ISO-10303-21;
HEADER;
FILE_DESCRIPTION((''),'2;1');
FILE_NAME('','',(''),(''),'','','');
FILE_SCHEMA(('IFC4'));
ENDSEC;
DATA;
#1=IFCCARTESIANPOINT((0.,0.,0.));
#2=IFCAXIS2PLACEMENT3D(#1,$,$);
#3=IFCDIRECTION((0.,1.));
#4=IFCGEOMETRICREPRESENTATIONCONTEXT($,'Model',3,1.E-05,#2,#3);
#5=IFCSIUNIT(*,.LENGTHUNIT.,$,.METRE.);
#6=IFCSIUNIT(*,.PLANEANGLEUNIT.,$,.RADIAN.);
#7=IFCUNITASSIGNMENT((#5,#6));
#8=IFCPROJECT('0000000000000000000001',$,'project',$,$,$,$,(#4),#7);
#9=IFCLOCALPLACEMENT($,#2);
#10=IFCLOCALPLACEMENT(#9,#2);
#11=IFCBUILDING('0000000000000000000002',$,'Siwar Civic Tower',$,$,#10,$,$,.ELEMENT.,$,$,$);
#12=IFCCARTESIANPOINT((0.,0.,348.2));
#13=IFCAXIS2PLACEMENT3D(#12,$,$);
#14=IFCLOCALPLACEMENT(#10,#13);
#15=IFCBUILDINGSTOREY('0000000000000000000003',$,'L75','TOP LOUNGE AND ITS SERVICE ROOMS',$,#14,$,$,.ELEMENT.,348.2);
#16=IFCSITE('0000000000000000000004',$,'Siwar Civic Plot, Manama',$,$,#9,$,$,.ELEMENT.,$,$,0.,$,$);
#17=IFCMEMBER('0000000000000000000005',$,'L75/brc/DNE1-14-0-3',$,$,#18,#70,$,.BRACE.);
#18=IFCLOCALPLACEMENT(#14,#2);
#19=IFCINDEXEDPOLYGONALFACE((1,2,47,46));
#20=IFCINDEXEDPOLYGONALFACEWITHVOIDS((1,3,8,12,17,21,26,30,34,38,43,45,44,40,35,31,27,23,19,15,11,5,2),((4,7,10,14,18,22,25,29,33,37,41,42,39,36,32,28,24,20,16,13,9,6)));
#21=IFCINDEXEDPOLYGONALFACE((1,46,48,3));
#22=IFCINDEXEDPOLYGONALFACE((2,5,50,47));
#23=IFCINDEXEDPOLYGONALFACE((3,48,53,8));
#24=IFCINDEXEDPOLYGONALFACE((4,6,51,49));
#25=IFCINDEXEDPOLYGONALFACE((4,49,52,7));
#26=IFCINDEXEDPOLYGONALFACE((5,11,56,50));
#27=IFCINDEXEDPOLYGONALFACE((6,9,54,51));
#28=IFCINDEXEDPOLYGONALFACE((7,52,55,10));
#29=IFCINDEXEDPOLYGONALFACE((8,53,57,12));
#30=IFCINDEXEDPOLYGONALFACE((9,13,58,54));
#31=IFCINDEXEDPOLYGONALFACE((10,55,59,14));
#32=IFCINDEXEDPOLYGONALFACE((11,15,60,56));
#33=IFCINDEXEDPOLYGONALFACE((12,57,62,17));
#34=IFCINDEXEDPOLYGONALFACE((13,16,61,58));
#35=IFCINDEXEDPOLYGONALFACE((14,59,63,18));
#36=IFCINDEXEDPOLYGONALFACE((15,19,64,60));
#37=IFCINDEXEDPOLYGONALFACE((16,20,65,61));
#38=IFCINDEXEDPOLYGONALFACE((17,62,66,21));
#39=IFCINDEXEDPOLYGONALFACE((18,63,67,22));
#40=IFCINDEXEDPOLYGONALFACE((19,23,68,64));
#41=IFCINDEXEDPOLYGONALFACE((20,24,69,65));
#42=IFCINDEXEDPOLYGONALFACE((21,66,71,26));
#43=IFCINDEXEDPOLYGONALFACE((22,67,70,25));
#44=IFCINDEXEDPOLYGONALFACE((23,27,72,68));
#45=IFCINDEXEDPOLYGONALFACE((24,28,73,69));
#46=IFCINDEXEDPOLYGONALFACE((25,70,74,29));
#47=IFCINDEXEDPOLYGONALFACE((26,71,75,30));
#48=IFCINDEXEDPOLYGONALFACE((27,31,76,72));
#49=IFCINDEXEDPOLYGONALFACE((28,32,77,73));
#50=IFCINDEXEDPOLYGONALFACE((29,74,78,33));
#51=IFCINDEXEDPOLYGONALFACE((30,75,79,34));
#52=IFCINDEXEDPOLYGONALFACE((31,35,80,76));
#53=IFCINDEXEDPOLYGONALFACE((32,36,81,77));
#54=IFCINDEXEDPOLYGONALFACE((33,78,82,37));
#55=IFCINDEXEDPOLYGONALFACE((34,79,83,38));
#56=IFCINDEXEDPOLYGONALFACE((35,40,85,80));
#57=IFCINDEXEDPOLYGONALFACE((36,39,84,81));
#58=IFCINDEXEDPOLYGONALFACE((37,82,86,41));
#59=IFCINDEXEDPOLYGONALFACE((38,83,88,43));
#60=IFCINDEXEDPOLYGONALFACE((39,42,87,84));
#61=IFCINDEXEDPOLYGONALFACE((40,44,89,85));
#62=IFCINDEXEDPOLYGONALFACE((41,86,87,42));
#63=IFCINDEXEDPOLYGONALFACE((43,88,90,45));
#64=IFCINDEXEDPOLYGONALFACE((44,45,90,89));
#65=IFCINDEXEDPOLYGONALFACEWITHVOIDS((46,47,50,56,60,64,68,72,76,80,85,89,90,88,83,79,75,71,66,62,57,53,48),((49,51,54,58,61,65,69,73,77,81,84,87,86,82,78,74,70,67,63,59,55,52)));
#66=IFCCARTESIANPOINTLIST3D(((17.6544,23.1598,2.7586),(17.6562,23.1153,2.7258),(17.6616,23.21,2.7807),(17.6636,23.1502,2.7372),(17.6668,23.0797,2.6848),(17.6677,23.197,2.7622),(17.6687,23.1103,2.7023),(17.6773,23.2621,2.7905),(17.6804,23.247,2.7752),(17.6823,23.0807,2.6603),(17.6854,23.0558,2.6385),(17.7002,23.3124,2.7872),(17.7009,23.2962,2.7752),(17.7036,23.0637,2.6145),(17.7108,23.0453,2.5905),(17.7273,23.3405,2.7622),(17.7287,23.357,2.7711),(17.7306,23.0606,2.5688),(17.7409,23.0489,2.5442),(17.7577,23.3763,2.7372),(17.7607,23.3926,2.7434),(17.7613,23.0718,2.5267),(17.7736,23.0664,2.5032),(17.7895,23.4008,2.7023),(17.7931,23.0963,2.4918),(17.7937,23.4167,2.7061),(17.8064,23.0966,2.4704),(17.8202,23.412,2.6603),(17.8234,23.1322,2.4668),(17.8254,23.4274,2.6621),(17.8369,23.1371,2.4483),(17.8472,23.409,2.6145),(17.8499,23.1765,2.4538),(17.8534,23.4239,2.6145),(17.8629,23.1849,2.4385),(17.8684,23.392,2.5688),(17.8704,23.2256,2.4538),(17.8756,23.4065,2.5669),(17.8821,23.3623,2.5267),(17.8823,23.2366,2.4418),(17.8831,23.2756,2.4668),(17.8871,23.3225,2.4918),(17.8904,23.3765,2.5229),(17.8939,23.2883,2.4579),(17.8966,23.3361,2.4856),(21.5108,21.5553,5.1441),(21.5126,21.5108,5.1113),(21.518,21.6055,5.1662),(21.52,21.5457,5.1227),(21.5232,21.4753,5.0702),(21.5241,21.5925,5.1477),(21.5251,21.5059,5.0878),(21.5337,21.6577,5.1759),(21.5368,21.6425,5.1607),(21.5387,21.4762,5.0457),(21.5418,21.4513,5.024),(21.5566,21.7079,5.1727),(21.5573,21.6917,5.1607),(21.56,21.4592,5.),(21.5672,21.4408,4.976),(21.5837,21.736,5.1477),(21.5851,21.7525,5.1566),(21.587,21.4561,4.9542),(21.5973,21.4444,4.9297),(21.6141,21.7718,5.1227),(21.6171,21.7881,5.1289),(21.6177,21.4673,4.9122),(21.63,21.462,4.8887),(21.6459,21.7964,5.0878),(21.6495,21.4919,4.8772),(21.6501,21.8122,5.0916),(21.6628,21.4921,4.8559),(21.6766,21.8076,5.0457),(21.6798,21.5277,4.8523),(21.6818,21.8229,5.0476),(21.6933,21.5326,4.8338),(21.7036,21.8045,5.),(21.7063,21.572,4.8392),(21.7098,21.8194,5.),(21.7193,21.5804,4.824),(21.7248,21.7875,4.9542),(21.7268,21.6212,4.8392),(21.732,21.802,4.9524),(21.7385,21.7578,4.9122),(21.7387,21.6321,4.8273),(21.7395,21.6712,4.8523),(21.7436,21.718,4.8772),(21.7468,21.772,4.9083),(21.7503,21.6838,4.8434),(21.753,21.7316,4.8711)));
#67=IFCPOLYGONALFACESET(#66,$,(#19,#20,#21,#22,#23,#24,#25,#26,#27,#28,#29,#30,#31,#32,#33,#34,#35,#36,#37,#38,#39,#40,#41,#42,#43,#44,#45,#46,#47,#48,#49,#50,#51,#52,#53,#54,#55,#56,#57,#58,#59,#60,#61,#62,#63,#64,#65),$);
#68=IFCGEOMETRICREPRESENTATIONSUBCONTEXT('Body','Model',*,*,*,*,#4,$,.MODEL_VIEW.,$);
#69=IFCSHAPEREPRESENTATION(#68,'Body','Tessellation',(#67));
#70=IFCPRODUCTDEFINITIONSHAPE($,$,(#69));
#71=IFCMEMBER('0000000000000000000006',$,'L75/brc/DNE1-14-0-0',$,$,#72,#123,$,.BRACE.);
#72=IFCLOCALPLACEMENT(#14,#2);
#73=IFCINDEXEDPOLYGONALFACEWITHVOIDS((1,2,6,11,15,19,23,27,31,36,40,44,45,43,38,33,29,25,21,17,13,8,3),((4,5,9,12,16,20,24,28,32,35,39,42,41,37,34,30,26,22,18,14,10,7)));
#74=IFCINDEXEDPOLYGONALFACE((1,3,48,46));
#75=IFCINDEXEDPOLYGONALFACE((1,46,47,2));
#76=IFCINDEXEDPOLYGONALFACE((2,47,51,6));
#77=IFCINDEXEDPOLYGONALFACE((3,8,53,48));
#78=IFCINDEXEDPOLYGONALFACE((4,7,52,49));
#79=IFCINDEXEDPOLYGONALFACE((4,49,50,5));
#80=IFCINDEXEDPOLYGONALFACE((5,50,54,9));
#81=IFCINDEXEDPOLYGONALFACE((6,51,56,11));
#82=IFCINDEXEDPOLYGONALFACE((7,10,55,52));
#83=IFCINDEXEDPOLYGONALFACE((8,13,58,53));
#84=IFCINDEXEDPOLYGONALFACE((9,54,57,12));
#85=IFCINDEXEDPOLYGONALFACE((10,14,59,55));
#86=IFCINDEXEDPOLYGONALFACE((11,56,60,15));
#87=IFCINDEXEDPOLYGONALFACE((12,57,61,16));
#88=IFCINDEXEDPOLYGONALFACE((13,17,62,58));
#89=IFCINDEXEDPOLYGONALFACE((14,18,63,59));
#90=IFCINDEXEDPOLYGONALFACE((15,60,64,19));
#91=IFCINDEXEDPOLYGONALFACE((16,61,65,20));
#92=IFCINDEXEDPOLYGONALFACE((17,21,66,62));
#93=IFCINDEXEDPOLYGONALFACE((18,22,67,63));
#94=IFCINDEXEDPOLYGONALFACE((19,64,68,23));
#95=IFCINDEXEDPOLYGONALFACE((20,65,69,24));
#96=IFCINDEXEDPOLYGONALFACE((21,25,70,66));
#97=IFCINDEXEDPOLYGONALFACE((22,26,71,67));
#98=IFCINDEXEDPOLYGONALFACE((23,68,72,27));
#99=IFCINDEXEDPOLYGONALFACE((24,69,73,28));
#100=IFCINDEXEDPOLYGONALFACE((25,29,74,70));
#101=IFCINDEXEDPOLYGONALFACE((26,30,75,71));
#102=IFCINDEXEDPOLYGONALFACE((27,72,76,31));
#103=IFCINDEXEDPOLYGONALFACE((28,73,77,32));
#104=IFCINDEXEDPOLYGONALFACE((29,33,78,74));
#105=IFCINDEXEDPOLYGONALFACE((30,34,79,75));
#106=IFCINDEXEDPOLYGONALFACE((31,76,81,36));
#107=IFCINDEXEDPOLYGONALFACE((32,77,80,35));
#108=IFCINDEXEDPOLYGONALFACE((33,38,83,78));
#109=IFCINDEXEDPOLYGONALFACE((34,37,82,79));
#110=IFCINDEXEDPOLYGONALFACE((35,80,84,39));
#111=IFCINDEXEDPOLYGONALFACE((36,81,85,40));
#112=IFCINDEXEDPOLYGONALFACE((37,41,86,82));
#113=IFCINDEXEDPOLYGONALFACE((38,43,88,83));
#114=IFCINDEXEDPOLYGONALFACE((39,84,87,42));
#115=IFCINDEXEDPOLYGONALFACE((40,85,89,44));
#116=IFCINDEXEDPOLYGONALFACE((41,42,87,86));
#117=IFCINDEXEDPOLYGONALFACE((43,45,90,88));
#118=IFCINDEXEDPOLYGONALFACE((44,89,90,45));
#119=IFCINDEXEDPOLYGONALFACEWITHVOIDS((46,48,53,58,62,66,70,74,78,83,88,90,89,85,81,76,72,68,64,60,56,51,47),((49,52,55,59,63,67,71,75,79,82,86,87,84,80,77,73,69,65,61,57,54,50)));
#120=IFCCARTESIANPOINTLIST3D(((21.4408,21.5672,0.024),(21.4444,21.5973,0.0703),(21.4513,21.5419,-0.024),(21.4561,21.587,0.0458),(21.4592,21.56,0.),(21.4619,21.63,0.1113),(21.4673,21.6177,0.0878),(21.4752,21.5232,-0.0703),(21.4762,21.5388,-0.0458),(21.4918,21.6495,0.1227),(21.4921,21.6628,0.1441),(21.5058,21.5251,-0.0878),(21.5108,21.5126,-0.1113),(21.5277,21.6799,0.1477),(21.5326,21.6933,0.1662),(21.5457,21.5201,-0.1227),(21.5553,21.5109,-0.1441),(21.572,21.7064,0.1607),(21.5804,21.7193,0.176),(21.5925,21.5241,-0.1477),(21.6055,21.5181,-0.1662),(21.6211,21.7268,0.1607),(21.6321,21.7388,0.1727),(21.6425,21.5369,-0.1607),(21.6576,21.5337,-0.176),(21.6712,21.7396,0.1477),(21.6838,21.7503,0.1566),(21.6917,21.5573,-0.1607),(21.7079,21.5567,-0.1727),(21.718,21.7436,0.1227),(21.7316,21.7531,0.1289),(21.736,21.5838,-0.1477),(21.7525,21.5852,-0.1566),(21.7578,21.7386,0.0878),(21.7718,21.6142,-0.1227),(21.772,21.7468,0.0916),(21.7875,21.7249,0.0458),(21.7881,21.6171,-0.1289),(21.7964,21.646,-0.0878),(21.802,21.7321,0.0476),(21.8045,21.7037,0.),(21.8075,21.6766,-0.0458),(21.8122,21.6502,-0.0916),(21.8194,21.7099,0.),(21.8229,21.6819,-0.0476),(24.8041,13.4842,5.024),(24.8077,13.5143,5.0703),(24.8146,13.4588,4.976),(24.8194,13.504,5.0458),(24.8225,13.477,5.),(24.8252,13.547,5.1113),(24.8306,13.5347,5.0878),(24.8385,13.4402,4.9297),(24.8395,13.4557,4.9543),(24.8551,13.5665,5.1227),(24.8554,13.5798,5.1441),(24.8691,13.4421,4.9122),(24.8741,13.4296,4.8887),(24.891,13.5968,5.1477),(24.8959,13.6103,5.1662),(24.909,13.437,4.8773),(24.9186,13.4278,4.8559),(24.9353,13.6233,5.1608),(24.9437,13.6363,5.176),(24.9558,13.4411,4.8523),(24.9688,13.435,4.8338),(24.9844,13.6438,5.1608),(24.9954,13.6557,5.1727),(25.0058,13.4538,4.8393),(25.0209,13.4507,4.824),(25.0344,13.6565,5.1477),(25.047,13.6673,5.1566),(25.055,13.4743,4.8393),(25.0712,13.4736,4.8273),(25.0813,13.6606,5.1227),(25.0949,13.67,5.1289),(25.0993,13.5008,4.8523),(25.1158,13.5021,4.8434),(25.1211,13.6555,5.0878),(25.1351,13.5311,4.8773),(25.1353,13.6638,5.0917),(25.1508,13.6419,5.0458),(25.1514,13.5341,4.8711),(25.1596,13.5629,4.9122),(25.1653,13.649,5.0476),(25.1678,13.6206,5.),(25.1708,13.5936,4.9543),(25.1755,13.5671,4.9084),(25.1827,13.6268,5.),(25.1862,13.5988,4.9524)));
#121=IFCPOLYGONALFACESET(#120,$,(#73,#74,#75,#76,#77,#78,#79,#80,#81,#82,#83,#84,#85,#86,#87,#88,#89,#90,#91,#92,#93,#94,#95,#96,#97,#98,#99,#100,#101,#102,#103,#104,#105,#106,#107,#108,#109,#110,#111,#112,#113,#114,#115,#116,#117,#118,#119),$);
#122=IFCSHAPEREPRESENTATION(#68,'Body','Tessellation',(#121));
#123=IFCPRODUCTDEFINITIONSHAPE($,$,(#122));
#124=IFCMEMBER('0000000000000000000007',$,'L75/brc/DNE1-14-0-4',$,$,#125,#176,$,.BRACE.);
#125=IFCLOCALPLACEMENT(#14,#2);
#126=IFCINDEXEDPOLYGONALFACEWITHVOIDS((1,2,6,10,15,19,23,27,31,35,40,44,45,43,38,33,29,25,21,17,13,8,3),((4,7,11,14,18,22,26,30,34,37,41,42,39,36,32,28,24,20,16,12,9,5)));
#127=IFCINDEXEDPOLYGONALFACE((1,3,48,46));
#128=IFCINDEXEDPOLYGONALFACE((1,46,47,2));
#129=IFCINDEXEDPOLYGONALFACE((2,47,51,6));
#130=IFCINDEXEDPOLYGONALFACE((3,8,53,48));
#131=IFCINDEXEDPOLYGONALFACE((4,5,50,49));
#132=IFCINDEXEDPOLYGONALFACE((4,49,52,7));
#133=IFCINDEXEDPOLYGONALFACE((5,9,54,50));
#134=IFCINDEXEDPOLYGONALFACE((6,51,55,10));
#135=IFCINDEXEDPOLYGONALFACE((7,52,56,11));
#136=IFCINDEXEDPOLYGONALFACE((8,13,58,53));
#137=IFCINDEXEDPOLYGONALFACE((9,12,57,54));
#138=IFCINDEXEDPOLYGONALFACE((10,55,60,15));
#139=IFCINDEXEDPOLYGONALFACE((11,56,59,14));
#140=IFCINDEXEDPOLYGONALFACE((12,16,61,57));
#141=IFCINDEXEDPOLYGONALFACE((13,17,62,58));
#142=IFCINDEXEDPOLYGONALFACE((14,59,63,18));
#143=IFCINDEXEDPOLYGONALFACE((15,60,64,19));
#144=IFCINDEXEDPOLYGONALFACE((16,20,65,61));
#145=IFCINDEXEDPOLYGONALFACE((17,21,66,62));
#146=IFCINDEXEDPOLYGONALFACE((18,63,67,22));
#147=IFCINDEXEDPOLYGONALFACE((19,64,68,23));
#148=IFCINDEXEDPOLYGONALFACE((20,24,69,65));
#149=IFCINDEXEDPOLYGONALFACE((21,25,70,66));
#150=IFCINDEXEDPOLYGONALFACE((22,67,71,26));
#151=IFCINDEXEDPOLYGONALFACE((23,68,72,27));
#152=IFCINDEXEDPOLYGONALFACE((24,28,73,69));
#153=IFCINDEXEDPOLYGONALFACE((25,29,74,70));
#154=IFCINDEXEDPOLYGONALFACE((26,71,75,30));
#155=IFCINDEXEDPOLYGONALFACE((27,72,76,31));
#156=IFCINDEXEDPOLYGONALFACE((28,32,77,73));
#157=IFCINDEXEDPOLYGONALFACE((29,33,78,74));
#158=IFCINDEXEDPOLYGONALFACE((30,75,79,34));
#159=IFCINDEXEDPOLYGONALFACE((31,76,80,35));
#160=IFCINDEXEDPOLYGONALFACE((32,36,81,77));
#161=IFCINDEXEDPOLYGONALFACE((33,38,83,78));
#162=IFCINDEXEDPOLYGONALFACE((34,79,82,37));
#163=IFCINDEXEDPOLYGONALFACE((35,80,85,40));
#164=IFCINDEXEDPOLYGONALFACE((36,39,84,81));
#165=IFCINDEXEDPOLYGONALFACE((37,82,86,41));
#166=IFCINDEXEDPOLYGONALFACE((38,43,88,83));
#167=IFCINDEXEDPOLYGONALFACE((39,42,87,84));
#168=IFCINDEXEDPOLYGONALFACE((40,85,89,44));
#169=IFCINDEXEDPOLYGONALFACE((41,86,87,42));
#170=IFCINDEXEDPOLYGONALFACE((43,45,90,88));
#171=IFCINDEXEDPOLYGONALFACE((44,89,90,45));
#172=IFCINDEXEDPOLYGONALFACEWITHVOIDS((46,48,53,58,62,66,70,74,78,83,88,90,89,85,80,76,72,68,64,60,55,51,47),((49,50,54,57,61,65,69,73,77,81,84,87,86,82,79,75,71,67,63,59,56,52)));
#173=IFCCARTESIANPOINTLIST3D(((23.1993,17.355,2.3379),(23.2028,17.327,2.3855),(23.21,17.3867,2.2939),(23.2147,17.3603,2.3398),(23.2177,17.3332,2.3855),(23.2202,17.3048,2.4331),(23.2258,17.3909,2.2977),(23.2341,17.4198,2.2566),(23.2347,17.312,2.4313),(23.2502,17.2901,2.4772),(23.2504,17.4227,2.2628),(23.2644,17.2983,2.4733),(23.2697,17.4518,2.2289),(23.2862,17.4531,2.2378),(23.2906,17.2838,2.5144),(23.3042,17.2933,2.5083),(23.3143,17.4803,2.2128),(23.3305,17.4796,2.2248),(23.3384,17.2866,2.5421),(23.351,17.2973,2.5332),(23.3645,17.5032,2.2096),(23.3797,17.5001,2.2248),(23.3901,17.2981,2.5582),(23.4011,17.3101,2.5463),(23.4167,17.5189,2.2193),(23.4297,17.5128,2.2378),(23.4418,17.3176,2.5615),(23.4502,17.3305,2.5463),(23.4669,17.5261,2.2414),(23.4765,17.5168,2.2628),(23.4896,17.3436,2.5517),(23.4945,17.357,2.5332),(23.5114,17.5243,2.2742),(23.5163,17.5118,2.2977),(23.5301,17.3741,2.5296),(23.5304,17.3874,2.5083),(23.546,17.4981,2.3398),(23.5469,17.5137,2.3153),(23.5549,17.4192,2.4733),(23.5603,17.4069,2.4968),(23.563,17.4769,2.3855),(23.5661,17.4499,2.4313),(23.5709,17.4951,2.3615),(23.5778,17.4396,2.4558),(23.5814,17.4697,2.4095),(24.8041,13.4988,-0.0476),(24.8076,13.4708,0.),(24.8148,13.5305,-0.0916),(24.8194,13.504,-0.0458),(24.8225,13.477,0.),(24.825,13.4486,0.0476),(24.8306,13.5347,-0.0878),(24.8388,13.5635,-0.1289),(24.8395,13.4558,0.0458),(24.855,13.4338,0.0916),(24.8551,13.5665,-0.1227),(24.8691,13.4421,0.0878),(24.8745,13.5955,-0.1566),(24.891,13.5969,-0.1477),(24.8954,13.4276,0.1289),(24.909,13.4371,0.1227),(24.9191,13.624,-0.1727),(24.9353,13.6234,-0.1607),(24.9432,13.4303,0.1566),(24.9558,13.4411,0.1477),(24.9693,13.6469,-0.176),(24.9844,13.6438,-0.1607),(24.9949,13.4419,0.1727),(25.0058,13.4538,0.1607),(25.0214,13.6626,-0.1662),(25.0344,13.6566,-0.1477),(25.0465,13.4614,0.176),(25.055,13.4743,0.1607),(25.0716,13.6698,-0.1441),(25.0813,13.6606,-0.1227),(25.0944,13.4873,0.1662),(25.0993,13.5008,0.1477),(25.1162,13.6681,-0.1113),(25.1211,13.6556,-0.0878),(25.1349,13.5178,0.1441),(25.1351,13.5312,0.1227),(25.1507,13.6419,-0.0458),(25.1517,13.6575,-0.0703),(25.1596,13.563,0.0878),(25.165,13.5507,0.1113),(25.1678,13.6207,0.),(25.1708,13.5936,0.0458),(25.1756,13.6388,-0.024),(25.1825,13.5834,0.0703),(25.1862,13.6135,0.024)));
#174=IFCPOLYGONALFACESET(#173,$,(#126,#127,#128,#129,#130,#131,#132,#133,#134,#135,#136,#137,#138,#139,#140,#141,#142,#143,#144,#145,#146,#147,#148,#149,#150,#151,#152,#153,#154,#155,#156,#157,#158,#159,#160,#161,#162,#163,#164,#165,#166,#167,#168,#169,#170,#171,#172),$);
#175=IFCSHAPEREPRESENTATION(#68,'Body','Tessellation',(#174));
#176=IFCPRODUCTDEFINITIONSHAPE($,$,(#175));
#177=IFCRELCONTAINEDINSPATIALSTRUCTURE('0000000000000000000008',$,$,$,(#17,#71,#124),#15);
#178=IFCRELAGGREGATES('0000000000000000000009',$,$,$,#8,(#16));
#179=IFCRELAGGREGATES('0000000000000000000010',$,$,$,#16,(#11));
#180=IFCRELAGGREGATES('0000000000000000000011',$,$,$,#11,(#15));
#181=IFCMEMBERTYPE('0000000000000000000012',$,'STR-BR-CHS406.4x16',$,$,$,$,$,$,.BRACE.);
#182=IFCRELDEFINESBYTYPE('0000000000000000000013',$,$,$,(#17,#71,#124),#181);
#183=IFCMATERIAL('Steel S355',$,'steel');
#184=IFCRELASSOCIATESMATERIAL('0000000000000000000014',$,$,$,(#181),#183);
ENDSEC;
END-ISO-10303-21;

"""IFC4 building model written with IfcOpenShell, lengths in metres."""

from ifc_helpers import new_model, si_unit, direction, frame, origin, origin_2d, place, context, subcontext, project, spatial, hollow_circle, extrude, material, material_profile, profile_set, type_object, element, save


model = new_model("IFC4")

# Units and contexts
model_context = context("Model", 3, precision=1e-05, world=origin(), true_north=direction((0.0, 1.0)))
body_context = subcontext(model_context, "Body", "Model", "MODEL_VIEW")
ifc_project = project(units=[si_unit("LENGTHUNIT", "METRE"), si_unit("PLANEANGLEUNIT", "RADIAN")], contexts=[model_context])

# Site, building, storey
site_placement = place(None, origin())
site = spatial("IfcSite", under=ifc_project, at=site_placement, Name="Siwar Civic Plot, Manama", CompositionType="ELEMENT", RefElevation=0.0)
building_placement = place(site_placement, origin())
building = spatial("IfcBuilding", under=site, at=building_placement, Name="Siwar Civic Tower", CompositionType="ELEMENT")
storey_placement = place(building_placement, frame((0.0, 0.0, 348.2)))
storey = spatial("IfcBuildingStorey", under=building, at=storey_placement, Name="L75", Description="TOP LOUNGE AND ITS SERVICE ROOMS", CompositionType="ELEMENT", Elevation=348.2)

# Members
ifc_material_1 = material(Name="Steel S355", Category="steel")
ifc_material_profile_1 = material_profile(ifc_material_1, hollow_circle(Radius=0.2031, WallThickness=0.0161, at=origin_2d()), Name="CHS406.4x16")
ifc_profile_set_1 = profile_set([ifc_material_profile_1], Name="Steel S355")
member_type_1 = type_object("IfcMemberType", Name="STR-BR-CHS406.4x16", PredefinedType="BRACE", material=ifc_profile_set_1)
for number, where, z_axis, x_axis, name in (
    (1, (17.7754, 23.2363, 2.6145), (0.801737, -0.333567, 0.495934), (0.384134, 0.923277, 0.0), "L75/brc/DNE1-14-0-3"),
):
    element("IfcMember", number, at=place(storey_placement, frame(where, z_axis=z_axis, x_axis=x_axis)), inside=storey, type_object=member_type_1, Name=name, PredefinedType="BRACE", context=body_context, shape_type="SweptSolid", body=[
        extrude(hollow_circle(Radius=0.2031, WallThickness=0.0161, at=origin_2d()), origin(), (0.0, 0.0, 1.0), 4.8101),
    ])
member_1_placement = place(storey_placement, frame((21.6318, 21.6318, 0.0), z_axis=(0.333593, -0.801727, 0.495933), x_axis=(0.923265, 0.384164, 0.0)))
element("IfcMember", 2, at=member_1_placement, inside=storey, type_object=member_type_1, Name="L75/brc/DNE1-14-0-0", PredefinedType="BRACE", context=body_context, shape_type="SweptSolid", body=[
    extrude(hollow_circle(Radius=0.2031, WallThickness=0.0161, at=origin_2d()), origin(), (0.0, 0.0, 1.0), 10.082),
])
for number, where, z_axis, x_axis, name in (
    (3, (24.9951, 13.5488, 0.0), (-0.333625, 0.801706, 0.495946), (-0.923248, -0.384204, 0.0), "L75/brc/DNE1-14-0-4"),
):
    element("IfcMember", number, at=place(storey_placement, frame(where, z_axis=z_axis, x_axis=x_axis)), inside=storey, type_object=member_type_1, Name=name, PredefinedType="BRACE", context=body_context, shape_type="SweptSolid", body=[
        extrude(hollow_circle(Radius=0.2031, WallThickness=0.0161, at=origin_2d()), origin(), (0.0, 0.0, 1.0), 4.8101),
    ])

save(model, "model.ifc")
